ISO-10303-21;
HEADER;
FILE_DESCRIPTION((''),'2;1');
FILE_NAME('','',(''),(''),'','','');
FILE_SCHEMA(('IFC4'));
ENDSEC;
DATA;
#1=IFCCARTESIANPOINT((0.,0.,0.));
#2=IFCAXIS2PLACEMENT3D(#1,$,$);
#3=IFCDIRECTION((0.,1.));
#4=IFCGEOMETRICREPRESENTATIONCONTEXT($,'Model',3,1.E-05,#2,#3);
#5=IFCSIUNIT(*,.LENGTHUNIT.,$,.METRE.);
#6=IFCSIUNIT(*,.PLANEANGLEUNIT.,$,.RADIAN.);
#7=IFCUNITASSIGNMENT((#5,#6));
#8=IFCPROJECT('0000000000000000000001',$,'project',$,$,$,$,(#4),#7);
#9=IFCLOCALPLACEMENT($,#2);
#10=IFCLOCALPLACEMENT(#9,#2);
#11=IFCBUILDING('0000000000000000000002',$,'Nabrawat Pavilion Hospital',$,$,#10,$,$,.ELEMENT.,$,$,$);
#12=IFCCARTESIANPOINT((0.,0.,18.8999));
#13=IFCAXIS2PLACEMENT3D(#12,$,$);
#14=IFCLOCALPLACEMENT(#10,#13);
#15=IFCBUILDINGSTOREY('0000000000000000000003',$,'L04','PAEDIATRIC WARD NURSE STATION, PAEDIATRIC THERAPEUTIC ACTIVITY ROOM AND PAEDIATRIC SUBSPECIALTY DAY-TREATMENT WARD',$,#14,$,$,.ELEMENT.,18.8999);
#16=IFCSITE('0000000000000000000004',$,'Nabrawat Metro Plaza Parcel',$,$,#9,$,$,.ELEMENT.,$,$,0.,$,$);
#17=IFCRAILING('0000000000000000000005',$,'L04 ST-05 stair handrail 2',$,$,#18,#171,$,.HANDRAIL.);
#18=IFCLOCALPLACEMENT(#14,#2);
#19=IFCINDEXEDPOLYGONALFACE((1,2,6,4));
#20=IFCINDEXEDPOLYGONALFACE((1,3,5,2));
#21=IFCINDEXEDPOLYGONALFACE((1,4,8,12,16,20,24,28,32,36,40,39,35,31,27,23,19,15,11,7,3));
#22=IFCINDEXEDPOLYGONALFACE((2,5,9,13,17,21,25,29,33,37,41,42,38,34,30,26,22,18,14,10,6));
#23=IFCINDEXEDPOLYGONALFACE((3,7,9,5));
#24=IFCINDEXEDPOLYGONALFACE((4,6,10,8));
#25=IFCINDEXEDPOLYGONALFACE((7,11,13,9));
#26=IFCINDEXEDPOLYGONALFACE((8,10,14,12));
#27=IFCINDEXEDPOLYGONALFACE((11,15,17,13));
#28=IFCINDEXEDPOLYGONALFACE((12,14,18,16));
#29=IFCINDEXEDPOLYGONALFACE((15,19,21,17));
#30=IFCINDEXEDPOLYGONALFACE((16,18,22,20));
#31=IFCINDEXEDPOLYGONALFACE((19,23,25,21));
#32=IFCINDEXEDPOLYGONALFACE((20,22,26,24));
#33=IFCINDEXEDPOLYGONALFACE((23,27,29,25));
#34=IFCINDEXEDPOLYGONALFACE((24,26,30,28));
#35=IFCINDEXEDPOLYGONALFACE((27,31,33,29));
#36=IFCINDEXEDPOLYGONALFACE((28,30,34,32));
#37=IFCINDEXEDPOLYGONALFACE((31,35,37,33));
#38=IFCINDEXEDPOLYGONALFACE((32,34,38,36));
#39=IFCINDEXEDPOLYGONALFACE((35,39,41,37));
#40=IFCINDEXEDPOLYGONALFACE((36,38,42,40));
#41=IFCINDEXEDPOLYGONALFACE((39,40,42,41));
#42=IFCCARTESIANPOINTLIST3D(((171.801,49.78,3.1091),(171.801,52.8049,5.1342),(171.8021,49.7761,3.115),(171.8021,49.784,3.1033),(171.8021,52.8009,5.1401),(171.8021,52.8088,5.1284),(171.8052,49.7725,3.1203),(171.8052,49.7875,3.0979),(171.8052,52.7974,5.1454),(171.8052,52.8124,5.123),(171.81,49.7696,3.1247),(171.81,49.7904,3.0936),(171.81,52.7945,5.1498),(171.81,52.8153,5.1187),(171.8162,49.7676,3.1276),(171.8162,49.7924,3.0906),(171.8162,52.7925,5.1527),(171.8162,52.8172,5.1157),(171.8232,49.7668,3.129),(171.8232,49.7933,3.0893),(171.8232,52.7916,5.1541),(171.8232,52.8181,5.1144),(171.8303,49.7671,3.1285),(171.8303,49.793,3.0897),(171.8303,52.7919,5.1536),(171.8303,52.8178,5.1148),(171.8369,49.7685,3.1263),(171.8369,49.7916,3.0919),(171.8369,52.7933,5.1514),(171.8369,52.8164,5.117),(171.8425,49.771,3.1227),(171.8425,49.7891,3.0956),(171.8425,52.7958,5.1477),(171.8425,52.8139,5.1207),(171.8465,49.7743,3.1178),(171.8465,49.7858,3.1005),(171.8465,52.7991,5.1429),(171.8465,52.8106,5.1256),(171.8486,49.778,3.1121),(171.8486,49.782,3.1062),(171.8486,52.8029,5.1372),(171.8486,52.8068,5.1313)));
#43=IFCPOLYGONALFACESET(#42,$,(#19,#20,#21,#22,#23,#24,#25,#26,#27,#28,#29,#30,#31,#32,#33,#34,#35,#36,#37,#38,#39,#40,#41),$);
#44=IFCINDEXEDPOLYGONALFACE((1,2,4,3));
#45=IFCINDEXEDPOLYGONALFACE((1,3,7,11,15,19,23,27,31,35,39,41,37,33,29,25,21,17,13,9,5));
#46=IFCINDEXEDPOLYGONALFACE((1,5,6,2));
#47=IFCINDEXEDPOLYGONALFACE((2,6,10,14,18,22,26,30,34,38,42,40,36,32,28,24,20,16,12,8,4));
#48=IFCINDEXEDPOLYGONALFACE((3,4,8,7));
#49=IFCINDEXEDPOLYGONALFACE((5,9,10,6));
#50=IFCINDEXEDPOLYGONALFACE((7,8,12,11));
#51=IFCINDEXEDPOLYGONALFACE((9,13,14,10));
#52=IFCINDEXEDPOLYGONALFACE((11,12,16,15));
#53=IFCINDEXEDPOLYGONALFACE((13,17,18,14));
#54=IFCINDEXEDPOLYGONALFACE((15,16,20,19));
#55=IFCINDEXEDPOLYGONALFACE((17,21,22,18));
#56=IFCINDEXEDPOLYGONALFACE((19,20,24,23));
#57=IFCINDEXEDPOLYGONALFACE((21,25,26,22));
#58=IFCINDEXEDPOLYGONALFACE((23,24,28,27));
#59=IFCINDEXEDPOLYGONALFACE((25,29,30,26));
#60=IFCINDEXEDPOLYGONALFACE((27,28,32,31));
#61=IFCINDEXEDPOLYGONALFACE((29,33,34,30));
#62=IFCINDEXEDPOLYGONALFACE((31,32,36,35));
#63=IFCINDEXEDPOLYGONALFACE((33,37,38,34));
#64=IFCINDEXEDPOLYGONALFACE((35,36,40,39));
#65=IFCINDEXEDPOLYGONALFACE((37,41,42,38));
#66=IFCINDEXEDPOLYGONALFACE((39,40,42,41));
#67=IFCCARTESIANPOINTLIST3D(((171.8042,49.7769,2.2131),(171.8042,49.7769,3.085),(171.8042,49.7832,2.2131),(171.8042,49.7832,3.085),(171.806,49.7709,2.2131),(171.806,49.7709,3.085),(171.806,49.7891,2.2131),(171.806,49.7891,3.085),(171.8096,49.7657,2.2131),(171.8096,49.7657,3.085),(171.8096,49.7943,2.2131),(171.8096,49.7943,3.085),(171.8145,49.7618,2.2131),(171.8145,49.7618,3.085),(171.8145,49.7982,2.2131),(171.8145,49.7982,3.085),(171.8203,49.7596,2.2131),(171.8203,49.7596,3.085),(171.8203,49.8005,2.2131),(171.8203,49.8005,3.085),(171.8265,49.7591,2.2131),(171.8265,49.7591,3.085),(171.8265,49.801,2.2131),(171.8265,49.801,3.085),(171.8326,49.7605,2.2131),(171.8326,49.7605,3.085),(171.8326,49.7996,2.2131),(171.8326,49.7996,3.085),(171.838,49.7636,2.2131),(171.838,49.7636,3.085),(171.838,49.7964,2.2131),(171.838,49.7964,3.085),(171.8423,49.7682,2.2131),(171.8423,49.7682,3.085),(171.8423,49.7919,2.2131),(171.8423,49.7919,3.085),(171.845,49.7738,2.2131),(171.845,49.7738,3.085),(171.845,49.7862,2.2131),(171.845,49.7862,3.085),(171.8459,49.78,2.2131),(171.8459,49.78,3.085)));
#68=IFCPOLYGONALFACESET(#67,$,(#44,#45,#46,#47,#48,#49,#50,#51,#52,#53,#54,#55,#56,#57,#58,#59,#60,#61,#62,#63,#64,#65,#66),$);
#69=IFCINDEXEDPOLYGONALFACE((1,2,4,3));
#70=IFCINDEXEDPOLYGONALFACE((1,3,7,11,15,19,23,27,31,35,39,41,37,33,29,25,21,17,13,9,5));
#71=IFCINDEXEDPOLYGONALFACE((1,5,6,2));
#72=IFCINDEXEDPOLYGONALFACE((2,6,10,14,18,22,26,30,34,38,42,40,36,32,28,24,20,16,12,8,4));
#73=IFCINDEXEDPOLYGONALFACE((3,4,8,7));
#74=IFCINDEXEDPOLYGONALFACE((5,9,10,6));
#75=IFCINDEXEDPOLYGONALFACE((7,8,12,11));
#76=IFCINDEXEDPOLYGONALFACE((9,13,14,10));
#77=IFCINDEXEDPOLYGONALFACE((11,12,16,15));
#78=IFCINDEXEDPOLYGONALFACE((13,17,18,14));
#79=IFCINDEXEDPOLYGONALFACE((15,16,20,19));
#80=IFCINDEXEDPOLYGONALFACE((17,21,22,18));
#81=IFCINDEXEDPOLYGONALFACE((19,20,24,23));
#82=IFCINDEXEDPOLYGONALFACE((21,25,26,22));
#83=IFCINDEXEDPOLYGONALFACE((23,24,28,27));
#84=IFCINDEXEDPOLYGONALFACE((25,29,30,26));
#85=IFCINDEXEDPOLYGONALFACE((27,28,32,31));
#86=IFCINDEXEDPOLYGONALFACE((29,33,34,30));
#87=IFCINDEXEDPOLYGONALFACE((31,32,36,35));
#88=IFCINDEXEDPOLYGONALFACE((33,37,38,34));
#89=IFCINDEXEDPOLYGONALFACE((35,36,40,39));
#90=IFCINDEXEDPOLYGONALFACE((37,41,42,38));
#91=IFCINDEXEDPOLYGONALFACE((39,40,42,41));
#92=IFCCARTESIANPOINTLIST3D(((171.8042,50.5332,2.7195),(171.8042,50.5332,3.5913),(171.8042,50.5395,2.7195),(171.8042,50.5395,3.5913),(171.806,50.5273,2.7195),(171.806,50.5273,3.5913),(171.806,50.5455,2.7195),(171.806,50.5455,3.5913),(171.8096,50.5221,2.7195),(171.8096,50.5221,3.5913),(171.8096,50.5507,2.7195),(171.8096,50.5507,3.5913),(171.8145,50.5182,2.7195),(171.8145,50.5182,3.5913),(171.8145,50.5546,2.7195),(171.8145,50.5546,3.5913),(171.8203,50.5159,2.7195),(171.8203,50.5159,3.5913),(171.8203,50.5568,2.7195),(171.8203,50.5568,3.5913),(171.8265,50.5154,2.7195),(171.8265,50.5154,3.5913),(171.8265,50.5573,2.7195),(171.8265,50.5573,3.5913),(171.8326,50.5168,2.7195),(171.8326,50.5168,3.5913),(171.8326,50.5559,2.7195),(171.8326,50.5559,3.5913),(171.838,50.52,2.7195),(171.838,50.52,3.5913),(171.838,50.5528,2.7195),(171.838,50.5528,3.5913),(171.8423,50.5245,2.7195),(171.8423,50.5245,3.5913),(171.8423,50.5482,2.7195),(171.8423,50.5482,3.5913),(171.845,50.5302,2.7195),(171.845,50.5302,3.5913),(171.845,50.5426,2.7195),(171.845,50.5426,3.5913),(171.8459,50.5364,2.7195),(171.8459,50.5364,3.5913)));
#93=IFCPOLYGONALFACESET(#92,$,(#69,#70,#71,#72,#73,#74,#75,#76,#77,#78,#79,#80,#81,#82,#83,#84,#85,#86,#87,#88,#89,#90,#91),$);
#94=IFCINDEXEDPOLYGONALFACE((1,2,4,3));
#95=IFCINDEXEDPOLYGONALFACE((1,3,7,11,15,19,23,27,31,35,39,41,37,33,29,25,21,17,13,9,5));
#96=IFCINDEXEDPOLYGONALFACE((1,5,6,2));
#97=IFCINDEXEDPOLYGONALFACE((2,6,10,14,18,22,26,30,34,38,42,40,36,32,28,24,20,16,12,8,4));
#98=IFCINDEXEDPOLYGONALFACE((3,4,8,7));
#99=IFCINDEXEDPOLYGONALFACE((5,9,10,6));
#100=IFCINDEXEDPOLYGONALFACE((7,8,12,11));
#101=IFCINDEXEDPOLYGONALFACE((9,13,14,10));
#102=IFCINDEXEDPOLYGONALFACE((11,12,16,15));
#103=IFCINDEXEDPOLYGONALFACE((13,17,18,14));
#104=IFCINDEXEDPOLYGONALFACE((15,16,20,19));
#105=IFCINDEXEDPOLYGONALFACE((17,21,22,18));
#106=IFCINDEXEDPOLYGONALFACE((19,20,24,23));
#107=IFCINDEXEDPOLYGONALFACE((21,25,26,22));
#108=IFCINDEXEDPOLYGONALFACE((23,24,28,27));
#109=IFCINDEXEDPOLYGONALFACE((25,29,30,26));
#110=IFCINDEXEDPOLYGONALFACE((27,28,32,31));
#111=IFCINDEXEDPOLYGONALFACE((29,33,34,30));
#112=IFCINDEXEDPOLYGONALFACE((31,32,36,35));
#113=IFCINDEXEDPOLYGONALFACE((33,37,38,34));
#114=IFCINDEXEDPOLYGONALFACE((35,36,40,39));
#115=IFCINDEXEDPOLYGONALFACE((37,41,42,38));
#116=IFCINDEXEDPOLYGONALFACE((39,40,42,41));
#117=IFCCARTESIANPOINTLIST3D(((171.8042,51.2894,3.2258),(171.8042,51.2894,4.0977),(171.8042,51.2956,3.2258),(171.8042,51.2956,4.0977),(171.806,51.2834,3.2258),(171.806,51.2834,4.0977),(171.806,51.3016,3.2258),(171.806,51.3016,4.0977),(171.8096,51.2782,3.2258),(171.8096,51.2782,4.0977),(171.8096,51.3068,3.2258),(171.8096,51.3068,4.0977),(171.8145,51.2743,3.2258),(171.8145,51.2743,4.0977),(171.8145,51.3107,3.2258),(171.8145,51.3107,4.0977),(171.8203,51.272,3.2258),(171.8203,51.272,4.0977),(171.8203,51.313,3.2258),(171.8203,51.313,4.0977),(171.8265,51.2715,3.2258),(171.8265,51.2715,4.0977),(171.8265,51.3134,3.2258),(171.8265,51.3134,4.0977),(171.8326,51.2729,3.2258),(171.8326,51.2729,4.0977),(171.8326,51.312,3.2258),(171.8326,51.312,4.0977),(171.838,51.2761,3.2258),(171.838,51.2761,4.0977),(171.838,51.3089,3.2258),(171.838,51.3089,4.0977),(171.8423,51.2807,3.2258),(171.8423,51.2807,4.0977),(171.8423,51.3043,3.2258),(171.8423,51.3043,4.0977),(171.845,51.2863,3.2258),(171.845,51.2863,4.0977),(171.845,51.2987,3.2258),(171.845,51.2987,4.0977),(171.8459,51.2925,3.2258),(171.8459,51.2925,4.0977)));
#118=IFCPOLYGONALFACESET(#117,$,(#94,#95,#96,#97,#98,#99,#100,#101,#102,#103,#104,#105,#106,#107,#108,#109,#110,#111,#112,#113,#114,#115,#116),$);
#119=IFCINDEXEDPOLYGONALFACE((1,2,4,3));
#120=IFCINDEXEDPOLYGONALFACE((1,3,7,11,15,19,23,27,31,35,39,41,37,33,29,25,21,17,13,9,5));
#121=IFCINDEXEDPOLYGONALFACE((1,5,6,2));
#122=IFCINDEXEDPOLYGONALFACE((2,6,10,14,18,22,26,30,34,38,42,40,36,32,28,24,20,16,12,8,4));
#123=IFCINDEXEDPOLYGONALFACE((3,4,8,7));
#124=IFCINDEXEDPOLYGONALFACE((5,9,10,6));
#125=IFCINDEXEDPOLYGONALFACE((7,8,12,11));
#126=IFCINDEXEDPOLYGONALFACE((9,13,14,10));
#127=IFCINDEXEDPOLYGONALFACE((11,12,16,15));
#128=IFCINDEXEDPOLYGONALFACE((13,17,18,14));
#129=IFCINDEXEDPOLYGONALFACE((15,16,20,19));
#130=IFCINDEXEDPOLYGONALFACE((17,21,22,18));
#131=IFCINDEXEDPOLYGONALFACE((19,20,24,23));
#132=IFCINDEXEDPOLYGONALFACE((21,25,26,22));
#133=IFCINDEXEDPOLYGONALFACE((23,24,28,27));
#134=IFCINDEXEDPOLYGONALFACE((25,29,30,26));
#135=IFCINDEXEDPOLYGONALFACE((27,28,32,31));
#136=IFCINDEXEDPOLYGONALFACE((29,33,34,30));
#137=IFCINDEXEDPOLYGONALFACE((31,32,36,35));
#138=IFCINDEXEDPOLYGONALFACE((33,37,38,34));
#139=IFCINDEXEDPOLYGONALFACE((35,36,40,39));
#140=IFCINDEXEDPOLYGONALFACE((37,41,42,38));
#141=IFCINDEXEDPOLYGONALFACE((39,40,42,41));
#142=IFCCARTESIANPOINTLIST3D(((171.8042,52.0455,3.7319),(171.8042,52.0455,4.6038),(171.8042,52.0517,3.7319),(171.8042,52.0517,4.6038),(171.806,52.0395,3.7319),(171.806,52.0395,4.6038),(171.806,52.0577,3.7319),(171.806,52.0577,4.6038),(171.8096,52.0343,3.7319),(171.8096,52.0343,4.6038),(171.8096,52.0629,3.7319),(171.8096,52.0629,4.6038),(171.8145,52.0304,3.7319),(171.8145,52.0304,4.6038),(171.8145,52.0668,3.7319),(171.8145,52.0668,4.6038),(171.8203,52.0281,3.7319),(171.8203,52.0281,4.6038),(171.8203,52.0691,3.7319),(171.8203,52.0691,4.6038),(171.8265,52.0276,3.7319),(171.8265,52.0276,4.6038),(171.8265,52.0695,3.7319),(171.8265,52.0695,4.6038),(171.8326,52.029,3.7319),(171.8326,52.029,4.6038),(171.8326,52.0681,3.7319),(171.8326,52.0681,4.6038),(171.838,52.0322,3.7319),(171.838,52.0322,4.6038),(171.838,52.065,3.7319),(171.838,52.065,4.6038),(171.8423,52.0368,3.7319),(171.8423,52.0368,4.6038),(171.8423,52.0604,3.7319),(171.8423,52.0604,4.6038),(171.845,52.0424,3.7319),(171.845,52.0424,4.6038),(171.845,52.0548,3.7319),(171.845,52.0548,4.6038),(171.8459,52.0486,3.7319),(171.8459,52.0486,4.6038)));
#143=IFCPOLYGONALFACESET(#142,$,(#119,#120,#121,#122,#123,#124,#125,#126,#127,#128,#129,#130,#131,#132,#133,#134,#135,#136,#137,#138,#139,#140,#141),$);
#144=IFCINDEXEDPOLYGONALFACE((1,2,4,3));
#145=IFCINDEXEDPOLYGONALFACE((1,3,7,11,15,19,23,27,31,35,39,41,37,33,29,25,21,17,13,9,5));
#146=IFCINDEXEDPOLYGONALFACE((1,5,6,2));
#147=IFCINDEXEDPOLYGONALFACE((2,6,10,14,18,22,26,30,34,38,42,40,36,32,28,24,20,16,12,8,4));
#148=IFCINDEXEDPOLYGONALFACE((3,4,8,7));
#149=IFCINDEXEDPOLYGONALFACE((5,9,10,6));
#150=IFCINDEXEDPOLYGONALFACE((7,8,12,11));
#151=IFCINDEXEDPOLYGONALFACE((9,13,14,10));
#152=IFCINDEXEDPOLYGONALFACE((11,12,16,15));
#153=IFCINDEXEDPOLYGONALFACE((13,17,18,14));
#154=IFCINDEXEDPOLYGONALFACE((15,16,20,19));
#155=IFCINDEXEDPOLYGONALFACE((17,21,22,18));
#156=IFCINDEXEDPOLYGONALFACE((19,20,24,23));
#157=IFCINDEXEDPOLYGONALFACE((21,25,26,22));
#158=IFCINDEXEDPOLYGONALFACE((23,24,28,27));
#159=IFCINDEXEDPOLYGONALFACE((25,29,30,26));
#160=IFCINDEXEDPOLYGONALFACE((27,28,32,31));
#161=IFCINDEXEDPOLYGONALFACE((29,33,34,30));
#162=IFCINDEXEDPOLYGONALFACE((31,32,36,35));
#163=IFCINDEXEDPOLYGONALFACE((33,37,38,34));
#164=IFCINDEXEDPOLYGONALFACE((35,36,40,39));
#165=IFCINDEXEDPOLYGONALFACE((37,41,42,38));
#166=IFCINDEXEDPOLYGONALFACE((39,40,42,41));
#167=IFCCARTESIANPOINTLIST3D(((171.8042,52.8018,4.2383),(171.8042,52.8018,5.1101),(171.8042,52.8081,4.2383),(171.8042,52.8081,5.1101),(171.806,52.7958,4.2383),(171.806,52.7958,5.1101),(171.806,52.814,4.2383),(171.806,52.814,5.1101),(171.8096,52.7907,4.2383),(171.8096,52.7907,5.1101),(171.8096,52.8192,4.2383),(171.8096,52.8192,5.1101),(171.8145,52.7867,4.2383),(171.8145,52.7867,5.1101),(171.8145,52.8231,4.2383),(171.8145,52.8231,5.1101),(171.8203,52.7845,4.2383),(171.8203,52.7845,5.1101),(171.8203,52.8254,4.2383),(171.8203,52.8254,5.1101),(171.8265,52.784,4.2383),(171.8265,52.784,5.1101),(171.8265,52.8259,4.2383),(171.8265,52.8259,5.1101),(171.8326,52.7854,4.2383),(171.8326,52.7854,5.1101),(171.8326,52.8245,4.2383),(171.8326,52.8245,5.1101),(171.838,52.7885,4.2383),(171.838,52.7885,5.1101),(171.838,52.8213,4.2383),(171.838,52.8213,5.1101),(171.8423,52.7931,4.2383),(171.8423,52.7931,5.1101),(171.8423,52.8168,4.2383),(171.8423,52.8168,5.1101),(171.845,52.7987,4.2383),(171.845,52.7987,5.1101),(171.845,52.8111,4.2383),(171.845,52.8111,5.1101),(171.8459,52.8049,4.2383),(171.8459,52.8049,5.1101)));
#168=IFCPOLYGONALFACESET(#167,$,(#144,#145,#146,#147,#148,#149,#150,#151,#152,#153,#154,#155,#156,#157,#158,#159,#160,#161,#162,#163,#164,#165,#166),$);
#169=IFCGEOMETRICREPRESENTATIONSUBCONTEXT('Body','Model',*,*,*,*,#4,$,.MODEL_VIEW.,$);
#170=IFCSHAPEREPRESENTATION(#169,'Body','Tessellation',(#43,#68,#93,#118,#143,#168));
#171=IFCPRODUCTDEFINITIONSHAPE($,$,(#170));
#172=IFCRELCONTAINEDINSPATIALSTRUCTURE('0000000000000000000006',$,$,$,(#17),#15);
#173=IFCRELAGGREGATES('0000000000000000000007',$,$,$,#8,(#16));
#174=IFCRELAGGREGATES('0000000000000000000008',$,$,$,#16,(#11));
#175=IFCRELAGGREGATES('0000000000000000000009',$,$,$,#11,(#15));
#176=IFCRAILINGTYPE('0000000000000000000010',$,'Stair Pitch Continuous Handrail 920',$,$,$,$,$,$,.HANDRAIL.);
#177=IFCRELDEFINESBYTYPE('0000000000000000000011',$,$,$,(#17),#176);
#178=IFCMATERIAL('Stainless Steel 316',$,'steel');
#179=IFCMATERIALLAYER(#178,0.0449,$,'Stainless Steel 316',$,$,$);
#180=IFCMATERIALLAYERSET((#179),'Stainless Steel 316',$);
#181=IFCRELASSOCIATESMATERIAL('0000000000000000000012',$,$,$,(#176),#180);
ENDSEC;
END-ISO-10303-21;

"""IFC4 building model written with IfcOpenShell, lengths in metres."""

from ifc_helpers import new_model, si_unit, direction, frame, origin, origin_2d, place, context, subcontext, project, spatial, circle, extrude, material, layer, layer_set, type_object, element, save


model = new_model("IFC4")

# Units and contexts
model_context = context("Model", 3, precision=1e-05, world=origin(), true_north=direction((0.0, 1.0)))
body_context = subcontext(model_context, "Body", "Model", "MODEL_VIEW")
ifc_project = project(units=[si_unit("LENGTHUNIT", "METRE"), si_unit("PLANEANGLEUNIT", "RADIAN")], contexts=[model_context])

# Site, building, storey
site_placement = place(None, origin())
site = spatial("IfcSite", under=ifc_project, at=site_placement, Name="Nabrawat Metro Plaza Parcel", CompositionType="ELEMENT", RefElevation=0.0)
building_placement = place(site_placement, origin())
building = spatial("IfcBuilding", under=site, at=building_placement, Name="Nabrawat Pavilion Hospital", CompositionType="ELEMENT")
storey_placement = place(building_placement, frame((0.0, 0.0, 18.8999)))
storey = spatial("IfcBuildingStorey", under=building, at=storey_placement, Name="L04", Description="PAEDIATRIC WARD NURSE STATION, PAEDIATRIC THERAPEUTIC ACTIVITY ROOM AND PAEDIATRIC SUBSPECIALTY DAY-TREATMENT WARD", CompositionType="ELEMENT", Elevation=18.8999)

# Railing
ifc_material_1 = material(Name="Stainless Steel 316", Category="steel")
ifc_layer_1 = layer(ifc_material_1, 0.0449, Name="Stainless Steel 316")
ifc_layer_set_1 = layer_set([ifc_layer_1], Name="Stainless Steel 316")
railing_type_1 = type_object("IfcRailingType", Name="Stair Pitch Continuous Handrail 920", PredefinedType="HANDRAIL", material=ifc_layer_set_1)
railing_1_placement = place(storey_placement, frame((171.825, 49.78, 2.2131)))
element("IfcRailing", 1, at=railing_1_placement, inside=storey, type_object=railing_type_1, Name="L04 ST-05 stair handrail 2", PredefinedType="HANDRAIL", context=body_context, shape_type="SweptSolid", body=[
    extrude(circle(Radius=0.0239, at=origin_2d()), frame((0.0, 0.0, 0.896), z_axis=(0.0, 0.830965, 0.556324), x_axis=(-1.0, 0.0, 0.0)), (0.0, 0.0, 1.0), 3.6401),
    extrude(circle(Radius=0.021, at=origin_2d()), origin(), (0.0, 0.0, 1.0), 0.8718),
    extrude(circle(Radius=0.021, at=origin_2d()), frame((0.0, 0.7563, 0.5063)), (0.0, 0.0, 1.0), 0.8718),
    extrude(circle(Radius=0.021, at=origin_2d()), frame((0.0, 1.5125, 1.0127)), (0.0, 0.0, 1.0), 0.8718),
    extrude(circle(Radius=0.021, at=origin_2d()), frame((0.0, 2.2686, 1.5188)), (0.0, 0.0, 1.0), 0.8718),
    extrude(circle(Radius=0.021, at=origin_2d()), frame((0.0, 3.0249, 2.0251)), (0.0, 0.0, 1.0), 0.8718),
])

save(model, "model.ifc")
